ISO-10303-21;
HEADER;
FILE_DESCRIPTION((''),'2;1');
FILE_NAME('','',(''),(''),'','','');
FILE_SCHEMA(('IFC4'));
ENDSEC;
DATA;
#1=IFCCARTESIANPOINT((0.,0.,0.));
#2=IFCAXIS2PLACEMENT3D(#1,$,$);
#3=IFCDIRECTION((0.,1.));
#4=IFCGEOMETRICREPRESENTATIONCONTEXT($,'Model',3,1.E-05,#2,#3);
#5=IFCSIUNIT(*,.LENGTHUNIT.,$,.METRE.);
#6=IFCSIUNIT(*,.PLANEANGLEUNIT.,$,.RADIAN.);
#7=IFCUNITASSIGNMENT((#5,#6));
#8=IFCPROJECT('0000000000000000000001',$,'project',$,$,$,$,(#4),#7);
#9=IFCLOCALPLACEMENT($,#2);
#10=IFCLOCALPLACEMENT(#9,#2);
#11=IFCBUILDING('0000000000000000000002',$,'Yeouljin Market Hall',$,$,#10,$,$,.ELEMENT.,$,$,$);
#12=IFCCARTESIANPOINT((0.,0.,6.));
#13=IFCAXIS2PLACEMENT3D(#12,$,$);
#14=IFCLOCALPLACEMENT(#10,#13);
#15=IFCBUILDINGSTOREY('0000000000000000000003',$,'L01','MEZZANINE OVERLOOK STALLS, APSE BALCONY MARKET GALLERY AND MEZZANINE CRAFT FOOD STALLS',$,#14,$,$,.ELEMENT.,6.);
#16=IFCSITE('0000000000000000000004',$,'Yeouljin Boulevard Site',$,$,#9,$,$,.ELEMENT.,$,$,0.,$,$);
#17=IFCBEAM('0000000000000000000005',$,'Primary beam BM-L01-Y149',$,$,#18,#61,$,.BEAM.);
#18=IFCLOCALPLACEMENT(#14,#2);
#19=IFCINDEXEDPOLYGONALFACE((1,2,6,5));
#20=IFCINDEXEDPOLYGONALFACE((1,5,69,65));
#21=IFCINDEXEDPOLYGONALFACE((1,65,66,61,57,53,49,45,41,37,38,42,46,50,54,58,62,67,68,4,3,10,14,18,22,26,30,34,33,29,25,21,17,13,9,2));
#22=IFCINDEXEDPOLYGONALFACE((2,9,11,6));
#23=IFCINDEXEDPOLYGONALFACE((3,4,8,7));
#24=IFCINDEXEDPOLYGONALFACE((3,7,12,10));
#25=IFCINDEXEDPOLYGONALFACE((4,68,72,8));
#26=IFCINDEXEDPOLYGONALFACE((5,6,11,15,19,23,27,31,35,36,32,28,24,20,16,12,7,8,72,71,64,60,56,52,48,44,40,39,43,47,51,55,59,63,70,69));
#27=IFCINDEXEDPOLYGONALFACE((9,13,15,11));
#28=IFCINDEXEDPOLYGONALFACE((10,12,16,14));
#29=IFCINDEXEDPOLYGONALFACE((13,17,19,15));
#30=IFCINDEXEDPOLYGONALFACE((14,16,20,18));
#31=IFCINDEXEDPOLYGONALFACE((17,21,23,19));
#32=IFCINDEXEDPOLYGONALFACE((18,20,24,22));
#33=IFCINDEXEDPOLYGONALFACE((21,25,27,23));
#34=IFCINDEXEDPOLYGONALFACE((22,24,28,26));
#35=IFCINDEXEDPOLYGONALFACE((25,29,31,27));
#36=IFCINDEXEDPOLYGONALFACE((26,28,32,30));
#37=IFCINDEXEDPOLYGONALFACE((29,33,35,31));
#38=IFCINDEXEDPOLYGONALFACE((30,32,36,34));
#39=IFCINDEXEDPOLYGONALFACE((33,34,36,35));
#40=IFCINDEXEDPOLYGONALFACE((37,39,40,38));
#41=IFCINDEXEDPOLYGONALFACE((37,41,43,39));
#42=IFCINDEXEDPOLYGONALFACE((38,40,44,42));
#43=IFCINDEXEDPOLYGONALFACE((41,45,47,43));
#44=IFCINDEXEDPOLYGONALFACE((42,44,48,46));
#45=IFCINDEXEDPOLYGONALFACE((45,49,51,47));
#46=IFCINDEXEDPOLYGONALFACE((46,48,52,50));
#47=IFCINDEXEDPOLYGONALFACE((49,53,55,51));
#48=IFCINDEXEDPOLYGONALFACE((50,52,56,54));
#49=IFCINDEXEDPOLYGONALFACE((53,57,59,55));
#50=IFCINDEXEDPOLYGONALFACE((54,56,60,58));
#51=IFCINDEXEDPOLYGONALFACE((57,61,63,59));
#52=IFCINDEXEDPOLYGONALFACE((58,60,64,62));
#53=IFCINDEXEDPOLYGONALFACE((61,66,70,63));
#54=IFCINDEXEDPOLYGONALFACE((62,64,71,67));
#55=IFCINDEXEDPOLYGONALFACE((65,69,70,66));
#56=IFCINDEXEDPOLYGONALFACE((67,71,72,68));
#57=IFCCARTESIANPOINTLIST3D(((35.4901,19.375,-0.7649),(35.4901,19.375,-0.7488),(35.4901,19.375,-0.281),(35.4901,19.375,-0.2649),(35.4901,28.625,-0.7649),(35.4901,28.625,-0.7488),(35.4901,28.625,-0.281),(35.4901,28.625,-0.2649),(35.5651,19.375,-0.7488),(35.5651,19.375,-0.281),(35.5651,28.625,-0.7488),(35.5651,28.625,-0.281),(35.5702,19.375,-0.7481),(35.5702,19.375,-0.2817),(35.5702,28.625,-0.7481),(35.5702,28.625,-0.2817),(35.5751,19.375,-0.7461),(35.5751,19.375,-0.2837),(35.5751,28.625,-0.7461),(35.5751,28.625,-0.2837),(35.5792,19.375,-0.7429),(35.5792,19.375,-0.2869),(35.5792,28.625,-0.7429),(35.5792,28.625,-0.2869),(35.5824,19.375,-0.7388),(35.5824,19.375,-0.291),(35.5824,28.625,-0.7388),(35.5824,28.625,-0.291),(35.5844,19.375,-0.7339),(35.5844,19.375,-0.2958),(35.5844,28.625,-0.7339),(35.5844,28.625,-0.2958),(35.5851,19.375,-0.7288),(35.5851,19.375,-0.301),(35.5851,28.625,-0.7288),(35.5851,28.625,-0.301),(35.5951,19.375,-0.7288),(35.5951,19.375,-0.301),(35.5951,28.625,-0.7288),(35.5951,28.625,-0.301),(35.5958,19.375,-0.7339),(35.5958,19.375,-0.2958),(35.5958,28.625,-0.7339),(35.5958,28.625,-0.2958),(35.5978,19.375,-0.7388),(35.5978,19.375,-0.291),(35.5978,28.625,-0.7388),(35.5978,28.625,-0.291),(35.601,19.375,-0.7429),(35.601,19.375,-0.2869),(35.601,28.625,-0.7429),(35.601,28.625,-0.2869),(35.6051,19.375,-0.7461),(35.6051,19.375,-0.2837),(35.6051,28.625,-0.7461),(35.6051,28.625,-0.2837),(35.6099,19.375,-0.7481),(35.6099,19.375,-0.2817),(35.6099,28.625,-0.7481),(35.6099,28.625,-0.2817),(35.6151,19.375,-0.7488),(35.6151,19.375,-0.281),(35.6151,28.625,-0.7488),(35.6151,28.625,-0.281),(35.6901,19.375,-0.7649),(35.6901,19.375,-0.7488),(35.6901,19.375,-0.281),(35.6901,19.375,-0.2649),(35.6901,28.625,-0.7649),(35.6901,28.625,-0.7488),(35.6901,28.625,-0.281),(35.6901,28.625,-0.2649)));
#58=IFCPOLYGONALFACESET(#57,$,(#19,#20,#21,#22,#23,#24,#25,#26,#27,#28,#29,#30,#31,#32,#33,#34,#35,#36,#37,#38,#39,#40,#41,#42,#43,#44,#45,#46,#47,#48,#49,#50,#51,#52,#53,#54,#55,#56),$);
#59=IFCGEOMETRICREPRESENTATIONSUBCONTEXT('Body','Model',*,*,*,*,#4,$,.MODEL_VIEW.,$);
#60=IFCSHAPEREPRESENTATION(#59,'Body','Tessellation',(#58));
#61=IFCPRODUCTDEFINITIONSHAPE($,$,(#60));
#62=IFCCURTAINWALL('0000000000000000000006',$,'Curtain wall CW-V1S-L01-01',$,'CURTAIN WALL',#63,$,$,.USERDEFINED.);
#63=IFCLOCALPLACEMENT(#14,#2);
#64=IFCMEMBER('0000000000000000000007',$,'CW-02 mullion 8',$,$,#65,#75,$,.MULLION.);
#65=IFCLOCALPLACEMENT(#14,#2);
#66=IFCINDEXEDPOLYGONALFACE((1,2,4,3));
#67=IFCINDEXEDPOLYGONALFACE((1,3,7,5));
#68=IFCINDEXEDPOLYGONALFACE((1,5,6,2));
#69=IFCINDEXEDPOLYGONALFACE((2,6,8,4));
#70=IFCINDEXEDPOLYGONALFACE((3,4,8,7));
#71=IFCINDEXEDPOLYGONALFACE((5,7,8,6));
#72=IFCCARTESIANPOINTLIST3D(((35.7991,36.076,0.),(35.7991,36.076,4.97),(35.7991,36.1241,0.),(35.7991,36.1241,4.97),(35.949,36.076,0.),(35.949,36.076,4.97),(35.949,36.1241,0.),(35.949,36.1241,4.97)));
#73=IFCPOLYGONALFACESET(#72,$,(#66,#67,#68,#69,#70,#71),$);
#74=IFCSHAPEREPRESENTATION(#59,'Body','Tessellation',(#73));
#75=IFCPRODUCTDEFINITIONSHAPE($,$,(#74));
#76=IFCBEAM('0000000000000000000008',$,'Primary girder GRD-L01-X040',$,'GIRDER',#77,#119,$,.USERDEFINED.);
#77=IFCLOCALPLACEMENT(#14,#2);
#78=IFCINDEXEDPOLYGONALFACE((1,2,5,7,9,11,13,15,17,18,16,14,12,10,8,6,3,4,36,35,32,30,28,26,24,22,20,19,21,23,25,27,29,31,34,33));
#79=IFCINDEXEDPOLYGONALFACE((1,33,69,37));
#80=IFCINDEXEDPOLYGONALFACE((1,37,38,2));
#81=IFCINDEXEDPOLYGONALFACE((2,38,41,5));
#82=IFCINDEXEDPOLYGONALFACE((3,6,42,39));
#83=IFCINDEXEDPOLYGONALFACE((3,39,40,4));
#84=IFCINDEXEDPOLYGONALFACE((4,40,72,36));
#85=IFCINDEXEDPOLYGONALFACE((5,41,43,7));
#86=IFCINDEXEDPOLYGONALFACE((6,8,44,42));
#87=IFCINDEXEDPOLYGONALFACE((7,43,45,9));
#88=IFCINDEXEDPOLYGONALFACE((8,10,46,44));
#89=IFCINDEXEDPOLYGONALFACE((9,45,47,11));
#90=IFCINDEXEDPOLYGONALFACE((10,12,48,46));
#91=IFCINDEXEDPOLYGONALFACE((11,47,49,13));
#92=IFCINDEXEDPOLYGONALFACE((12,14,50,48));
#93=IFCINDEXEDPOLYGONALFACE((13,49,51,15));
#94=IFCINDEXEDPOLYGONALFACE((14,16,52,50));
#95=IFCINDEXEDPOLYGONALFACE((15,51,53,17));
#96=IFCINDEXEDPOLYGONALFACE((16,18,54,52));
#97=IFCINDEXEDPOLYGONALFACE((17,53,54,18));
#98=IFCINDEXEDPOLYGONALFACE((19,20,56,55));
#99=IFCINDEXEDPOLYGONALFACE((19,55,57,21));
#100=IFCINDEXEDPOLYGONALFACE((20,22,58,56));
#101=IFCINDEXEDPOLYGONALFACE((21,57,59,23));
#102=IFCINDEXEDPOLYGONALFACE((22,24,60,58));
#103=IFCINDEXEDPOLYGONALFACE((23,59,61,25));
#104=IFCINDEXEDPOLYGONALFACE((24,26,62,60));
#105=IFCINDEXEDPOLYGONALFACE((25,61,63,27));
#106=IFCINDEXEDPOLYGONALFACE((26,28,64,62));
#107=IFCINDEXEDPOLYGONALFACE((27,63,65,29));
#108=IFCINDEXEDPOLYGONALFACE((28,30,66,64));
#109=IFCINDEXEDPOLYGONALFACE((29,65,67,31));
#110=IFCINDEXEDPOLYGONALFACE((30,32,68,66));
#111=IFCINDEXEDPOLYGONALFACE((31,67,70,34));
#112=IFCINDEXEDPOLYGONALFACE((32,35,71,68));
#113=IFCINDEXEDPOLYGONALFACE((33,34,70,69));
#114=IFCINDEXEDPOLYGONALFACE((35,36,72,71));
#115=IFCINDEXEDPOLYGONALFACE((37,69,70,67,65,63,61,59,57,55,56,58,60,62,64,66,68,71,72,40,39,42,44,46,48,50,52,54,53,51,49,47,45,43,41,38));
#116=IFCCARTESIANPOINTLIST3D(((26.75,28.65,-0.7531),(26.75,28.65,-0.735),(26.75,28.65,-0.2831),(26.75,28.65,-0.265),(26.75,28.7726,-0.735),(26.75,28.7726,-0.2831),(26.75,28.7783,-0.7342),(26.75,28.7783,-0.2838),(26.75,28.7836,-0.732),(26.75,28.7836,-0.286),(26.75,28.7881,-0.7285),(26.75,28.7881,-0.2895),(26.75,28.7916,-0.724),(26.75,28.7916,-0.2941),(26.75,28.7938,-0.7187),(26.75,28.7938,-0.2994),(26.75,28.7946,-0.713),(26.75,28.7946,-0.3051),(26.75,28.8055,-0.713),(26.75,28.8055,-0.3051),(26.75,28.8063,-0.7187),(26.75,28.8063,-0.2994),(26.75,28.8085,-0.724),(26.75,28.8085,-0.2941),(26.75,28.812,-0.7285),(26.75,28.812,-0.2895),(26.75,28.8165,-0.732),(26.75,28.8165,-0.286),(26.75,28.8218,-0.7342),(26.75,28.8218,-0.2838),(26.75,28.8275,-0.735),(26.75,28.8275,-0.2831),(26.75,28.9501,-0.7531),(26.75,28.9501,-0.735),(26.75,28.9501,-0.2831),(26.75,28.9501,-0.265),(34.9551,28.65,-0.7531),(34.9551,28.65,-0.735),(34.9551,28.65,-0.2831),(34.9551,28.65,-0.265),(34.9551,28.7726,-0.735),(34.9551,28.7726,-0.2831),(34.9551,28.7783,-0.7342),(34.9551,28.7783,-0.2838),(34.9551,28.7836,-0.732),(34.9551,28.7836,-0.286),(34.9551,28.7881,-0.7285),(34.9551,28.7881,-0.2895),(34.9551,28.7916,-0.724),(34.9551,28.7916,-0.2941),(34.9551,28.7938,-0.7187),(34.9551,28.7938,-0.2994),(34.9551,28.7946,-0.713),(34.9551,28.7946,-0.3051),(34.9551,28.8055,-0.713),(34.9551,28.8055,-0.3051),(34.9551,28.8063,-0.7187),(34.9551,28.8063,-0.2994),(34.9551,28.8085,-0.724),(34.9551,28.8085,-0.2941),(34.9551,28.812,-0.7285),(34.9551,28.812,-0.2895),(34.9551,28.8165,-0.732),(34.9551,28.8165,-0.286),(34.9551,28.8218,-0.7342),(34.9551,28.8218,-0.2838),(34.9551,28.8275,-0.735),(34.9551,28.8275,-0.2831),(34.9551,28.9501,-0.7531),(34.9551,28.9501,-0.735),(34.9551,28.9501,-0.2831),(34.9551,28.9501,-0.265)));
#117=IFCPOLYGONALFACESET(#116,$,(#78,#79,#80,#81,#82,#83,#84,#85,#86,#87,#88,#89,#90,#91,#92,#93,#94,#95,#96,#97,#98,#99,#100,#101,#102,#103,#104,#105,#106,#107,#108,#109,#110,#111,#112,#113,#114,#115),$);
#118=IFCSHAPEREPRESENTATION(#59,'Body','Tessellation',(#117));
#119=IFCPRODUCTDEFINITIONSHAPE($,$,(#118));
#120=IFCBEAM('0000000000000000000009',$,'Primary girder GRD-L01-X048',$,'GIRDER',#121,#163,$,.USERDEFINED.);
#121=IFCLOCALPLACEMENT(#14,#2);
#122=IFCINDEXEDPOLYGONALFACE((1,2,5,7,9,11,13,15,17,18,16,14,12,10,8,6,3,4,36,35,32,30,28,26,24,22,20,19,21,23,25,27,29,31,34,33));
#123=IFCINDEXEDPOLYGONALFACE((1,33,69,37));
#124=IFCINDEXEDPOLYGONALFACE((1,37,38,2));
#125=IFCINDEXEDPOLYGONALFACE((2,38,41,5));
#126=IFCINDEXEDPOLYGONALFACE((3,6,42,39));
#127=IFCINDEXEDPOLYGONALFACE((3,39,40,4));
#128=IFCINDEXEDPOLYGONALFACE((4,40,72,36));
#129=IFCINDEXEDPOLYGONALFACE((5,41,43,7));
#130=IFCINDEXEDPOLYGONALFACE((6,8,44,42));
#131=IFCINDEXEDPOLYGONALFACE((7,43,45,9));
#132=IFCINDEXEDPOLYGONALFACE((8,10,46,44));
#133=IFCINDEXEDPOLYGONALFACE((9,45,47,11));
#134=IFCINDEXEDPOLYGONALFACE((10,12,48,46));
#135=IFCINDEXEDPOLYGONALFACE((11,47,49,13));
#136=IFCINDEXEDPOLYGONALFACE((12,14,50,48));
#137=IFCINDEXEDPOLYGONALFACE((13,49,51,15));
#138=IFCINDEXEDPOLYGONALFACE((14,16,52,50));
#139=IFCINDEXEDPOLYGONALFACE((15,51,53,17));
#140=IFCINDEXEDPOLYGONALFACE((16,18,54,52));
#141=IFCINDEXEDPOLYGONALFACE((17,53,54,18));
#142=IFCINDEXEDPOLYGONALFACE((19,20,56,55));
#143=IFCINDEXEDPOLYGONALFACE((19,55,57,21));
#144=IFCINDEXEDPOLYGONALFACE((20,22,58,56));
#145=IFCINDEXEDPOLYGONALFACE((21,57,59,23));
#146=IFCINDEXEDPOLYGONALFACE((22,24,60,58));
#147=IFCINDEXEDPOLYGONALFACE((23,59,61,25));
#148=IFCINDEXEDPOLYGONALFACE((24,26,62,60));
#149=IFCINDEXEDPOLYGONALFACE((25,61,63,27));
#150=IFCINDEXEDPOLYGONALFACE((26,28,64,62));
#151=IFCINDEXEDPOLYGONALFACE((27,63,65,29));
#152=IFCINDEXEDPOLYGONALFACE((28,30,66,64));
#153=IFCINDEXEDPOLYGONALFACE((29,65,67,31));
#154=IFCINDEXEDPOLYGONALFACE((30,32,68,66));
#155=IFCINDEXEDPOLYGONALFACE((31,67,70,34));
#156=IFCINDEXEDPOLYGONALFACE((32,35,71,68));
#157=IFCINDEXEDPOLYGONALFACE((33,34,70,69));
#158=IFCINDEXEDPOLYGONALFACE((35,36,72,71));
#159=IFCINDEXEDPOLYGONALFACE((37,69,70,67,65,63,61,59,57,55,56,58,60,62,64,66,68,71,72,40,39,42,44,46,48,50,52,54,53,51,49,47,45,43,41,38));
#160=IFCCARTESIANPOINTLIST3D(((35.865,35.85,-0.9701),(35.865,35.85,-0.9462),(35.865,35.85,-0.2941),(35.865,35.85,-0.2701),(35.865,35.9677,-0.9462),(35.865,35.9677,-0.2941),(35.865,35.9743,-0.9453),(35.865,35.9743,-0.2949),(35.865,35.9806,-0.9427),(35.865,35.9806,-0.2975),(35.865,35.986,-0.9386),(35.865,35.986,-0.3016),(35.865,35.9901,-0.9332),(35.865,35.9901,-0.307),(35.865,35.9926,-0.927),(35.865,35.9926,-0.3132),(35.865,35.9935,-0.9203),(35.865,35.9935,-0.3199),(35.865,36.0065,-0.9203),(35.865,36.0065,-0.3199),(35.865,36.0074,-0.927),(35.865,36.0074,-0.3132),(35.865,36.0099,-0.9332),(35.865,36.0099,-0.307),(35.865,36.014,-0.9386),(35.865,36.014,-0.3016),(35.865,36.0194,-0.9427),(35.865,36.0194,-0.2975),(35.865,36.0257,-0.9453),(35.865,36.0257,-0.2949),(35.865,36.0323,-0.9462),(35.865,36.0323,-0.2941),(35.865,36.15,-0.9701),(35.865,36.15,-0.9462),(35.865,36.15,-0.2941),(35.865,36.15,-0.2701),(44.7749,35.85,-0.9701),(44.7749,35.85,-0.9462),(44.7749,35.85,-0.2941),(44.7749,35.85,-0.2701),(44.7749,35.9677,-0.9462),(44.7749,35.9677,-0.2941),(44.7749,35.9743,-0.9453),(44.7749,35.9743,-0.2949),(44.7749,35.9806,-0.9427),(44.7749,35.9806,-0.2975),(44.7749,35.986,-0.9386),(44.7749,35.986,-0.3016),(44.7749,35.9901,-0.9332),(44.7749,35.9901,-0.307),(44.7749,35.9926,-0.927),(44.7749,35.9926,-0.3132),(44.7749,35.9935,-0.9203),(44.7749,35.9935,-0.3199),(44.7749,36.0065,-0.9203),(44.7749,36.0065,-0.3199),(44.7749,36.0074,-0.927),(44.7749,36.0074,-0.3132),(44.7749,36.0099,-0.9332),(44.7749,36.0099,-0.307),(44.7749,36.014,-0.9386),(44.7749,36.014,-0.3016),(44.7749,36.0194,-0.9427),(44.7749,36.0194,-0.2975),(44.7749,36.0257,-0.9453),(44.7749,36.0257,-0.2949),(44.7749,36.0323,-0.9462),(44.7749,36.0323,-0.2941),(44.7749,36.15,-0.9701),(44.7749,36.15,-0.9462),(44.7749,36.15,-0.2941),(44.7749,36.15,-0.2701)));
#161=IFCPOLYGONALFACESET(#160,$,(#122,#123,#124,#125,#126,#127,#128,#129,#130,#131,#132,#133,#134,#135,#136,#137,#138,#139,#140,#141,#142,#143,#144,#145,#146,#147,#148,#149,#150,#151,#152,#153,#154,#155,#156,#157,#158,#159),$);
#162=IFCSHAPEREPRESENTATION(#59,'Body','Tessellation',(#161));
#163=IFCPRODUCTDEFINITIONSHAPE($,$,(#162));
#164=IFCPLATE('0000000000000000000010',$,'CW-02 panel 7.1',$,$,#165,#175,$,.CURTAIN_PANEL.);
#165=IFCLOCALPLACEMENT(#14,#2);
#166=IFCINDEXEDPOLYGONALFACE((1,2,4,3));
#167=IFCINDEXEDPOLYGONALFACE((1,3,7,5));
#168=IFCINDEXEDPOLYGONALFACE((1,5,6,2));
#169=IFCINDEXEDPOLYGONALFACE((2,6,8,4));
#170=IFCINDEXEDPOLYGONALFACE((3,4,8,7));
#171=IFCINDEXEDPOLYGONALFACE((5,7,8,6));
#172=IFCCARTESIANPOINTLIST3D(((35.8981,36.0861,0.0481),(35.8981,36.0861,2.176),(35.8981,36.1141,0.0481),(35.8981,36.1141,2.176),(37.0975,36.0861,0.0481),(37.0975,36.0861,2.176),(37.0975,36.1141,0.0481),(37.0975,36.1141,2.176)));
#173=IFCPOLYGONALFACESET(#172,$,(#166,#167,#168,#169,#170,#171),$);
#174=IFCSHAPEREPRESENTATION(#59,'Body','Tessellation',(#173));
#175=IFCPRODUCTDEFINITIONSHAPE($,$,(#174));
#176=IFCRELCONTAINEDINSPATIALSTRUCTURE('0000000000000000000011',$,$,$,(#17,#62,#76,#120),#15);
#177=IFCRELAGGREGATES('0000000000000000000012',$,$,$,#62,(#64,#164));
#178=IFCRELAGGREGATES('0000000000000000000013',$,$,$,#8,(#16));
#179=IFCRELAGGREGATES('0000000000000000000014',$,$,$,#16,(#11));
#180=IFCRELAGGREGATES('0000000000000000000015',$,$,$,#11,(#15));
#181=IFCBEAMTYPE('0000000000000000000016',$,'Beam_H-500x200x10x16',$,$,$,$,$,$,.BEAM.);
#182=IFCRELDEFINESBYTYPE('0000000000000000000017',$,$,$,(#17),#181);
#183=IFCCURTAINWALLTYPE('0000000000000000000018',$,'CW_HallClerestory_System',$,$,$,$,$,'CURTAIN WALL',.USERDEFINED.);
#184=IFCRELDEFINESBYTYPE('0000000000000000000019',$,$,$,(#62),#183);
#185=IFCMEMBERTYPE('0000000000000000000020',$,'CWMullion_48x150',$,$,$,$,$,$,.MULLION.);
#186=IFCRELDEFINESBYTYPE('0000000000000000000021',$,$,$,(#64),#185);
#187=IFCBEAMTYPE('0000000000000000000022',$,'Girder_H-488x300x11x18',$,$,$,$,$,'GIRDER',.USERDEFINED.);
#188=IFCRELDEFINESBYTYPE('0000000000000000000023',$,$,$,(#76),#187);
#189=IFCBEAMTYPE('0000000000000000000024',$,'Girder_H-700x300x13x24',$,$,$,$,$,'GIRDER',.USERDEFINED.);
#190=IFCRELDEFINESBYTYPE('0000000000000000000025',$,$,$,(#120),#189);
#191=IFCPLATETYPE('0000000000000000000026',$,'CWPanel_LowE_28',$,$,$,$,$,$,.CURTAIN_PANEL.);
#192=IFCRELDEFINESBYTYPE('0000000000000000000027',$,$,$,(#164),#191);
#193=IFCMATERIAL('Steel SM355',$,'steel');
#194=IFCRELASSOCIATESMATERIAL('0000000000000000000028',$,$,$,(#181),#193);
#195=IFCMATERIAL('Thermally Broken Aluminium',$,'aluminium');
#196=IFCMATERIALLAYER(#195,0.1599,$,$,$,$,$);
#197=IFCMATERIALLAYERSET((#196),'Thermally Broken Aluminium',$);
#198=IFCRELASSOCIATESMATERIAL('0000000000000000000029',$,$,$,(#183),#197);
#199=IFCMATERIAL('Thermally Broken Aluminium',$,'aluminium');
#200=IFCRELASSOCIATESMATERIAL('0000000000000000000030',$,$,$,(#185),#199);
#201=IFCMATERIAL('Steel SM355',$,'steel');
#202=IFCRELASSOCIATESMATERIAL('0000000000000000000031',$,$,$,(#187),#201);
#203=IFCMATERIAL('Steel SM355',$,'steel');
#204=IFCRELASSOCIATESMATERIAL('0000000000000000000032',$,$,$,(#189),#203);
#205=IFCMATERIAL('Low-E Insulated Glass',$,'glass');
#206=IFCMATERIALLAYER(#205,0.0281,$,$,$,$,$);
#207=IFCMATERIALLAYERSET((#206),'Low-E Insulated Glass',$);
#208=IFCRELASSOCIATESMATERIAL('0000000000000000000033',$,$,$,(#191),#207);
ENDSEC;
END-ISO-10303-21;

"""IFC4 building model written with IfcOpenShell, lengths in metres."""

from ifc_helpers import new_model, si_unit, direction, frame, origin, origin_2d, place, context, subcontext, project, spatial, rectangle, i_section, extrude, material, layer, layer_set, material_profile, profile_set, type_object, element, aggregate, save


model = new_model("IFC4")

# Units and contexts
model_context = context("Model", 3, precision=1e-05, world=origin(), true_north=direction((0.0, 1.0)))
body_context = subcontext(model_context, "Body", "Model", "MODEL_VIEW")
ifc_project = project(units=[si_unit("LENGTHUNIT", "METRE"), si_unit("PLANEANGLEUNIT", "RADIAN")], contexts=[model_context])

# Site, building, storey
site_placement = place(None, origin())
site = spatial("IfcSite", under=ifc_project, at=site_placement, Name="Yeouljin Boulevard Site", CompositionType="ELEMENT", RefElevation=0.0)
building_placement = place(site_placement, origin())
building = spatial("IfcBuilding", under=site, at=building_placement, Name="Yeouljin Market Hall", CompositionType="ELEMENT")
storey_placement = place(building_placement, frame((0.0, 0.0, 6.0)))
storey = spatial("IfcBuildingStorey", under=building, at=storey_placement, Name="L01", Description="MEZZANINE OVERLOOK STALLS, APSE BALCONY MARKET GALLERY AND MEZZANINE CRAFT FOOD STALLS", CompositionType="ELEMENT", Elevation=6.0)

# Beam
ifc_material_1 = material(Name="Steel SM355", Category="steel")
ifc_material_profile_1 = material_profile(ifc_material_1, i_section(OverallWidth=0.2, OverallDepth=0.5, WebThickness=0.01, FlangeThickness=0.0161, FilletRadius=0.02, at=origin_2d()), Name="H-500x200x10x16")
ifc_profile_set_1 = profile_set([ifc_material_profile_1], Name="Steel SM355")
beam_type_1 = type_object("IfcBeamType", Name="Beam_H-500x200x10x16", PredefinedType="BEAM", material=ifc_profile_set_1)
for number, where, z_axis, x_axis, name in (
    (1, (35.5901, 19.375, -0.5149), (0.0, 1.0, 0.0), (-1.0, 0.0, 0.0), "Primary beam BM-L01-Y149"),
):
    element("IfcBeam", number, at=place(storey_placement, frame(where, z_axis=z_axis, x_axis=x_axis)), inside=storey, type_object=beam_type_1, Name=name, PredefinedType="BEAM", context=body_context, shape_type="SweptSolid", body=[
        extrude(i_section(OverallWidth=0.2, OverallDepth=0.5, WebThickness=0.01, FlangeThickness=0.0161, FilletRadius=0.02, at=origin_2d()), origin(), (0.0, 0.0, 1.0), 9.25),
    ])

# Curtain wall, member
ifc_material_2 = material(Name="Thermally Broken Aluminium", Category="aluminium")
ifc_layer_1 = layer(ifc_material_2, 0.1599)
ifc_layer_set_1 = layer_set([ifc_layer_1], Name="Thermally Broken Aluminium")
curtain_wall_type = type_object("IfcCurtainWallType", Name="CW_HallClerestory_System", ElementType="CURTAIN WALL", PredefinedType="USERDEFINED", material=ifc_layer_set_1)
curtain_wall_placement = place(storey_placement, origin())
curtain_wall = element("IfcCurtainWall", 2, at=curtain_wall_placement, inside=storey, type_object=curtain_wall_type, Name="Curtain wall CW-V1S-L01-01", ObjectType="CURTAIN WALL", PredefinedType="USERDEFINED")
ifc_material_3 = material(Name="Thermally Broken Aluminium", Category="aluminium")
ifc_material_profile_2 = material_profile(ifc_material_3, rectangle(XDim=0.0481, YDim=0.1499, at=origin_2d()), Name="CW-MULL-48x150")
ifc_profile_set_2 = profile_set([ifc_material_profile_2], Name="Thermally Broken Aluminium")
member_type = type_object("IfcMemberType", Name="CWMullion_48x150", PredefinedType="MULLION", material=ifc_profile_set_2)
member_placement = place(storey_placement, frame((35.874, 36.1001, 0.0), z_axis=(0.0, 0.0, 1.0), x_axis=(0.0, -1.0, 0.0)))
member = element("IfcMember", 3, at=member_placement, type_object=member_type, Name="CW-02 mullion 8", PredefinedType="MULLION", context=body_context, shape_type="SweptSolid", body=[
    extrude(rectangle(XDim=0.0481, YDim=0.1499, at=origin_2d()), origin(), (0.0, 0.0, 1.0), 4.97),
])

# Beams
ifc_material_4 = material(Name="Steel SM355", Category="steel")
ifc_material_profile_3 = material_profile(ifc_material_4, i_section(OverallWidth=0.3, OverallDepth=0.488, WebThickness=0.011, FlangeThickness=0.0181, FilletRadius=0.022, at=origin_2d()), Name="H-488x300x11x18")
ifc_profile_set_3 = profile_set([ifc_material_profile_3], Name="Steel SM355")
beam_type_2 = type_object("IfcBeamType", Name="Girder_H-488x300x11x18", ElementType="GIRDER", PredefinedType="USERDEFINED", material=ifc_profile_set_3)
beam_1_placement = place(storey_placement, frame((26.75, 28.8, -0.509), z_axis=(1.0, 0.0, 0.0), x_axis=(0.0, 1.0, 0.0)))
element("IfcBeam", 4, at=beam_1_placement, inside=storey, type_object=beam_type_2, Name="Primary girder GRD-L01-X040", ObjectType="GIRDER", PredefinedType="USERDEFINED", context=body_context, shape_type="SweptSolid", body=[
    extrude(i_section(OverallWidth=0.3, OverallDepth=0.488, WebThickness=0.011, FlangeThickness=0.0181, FilletRadius=0.022, at=origin_2d()), origin(), (0.0, 0.0, 1.0), 8.2051),
])
ifc_material_5 = material(Name="Steel SM355", Category="steel")
ifc_material_profile_4 = material_profile(ifc_material_5, i_section(OverallWidth=0.3, OverallDepth=0.7, WebThickness=0.0129, FlangeThickness=0.0239, FilletRadius=0.0259, at=origin_2d()), Name="H-700x300x13x24")
ifc_profile_set_4 = profile_set([ifc_material_profile_4], Name="Steel SM355")
beam_type_3 = type_object("IfcBeamType", Name="Girder_H-700x300x13x24", ElementType="GIRDER", PredefinedType="USERDEFINED", material=ifc_profile_set_4)
beam_2_placement = place(storey_placement, frame((35.865, 36.0, -0.6201), z_axis=(1.0, 0.0, 0.0), x_axis=(0.0, 1.0, 0.0)))
element("IfcBeam", 5, at=beam_2_placement, inside=storey, type_object=beam_type_3, Name="Primary girder GRD-L01-X048", ObjectType="GIRDER", PredefinedType="USERDEFINED", context=body_context, shape_type="SweptSolid", body=[
    extrude(i_section(OverallWidth=0.3, OverallDepth=0.7, WebThickness=0.0129, FlangeThickness=0.0239, FilletRadius=0.0259, at=origin_2d()), origin(), (0.0, 0.0, 1.0), 8.9099),
])

# Plate
ifc_material_6 = material(Name="Low-E Insulated Glass", Category="glass")
ifc_layer_2 = layer(ifc_material_6, 0.0281)
ifc_layer_set_2 = layer_set([ifc_layer_2], Name="Low-E Insulated Glass")
plate_type = type_object("IfcPlateType", Name="CWPanel_LowE_28", PredefinedType="CURTAIN_PANEL", material=ifc_layer_set_2)
plate_placement = place(storey_placement, frame((36.4978, 36.1001, 0.0481), z_axis=(0.0, 0.0, 1.0), x_axis=(-1.0, 0.0, 0.0)))
plate = element("IfcPlate", 6, at=plate_placement, type_object=plate_type, Name="CW-02 panel 7.1", PredefinedType="CURTAIN_PANEL", context=body_context, shape_type="SweptSolid", body=[
    extrude(rectangle(XDim=1.1995, YDim=0.0281, at=origin_2d()), origin(), (0.0, 0.0, 1.0), 2.1279),
])
aggregate(curtain_wall, [member, plate])

save(model, "model.ifc")
